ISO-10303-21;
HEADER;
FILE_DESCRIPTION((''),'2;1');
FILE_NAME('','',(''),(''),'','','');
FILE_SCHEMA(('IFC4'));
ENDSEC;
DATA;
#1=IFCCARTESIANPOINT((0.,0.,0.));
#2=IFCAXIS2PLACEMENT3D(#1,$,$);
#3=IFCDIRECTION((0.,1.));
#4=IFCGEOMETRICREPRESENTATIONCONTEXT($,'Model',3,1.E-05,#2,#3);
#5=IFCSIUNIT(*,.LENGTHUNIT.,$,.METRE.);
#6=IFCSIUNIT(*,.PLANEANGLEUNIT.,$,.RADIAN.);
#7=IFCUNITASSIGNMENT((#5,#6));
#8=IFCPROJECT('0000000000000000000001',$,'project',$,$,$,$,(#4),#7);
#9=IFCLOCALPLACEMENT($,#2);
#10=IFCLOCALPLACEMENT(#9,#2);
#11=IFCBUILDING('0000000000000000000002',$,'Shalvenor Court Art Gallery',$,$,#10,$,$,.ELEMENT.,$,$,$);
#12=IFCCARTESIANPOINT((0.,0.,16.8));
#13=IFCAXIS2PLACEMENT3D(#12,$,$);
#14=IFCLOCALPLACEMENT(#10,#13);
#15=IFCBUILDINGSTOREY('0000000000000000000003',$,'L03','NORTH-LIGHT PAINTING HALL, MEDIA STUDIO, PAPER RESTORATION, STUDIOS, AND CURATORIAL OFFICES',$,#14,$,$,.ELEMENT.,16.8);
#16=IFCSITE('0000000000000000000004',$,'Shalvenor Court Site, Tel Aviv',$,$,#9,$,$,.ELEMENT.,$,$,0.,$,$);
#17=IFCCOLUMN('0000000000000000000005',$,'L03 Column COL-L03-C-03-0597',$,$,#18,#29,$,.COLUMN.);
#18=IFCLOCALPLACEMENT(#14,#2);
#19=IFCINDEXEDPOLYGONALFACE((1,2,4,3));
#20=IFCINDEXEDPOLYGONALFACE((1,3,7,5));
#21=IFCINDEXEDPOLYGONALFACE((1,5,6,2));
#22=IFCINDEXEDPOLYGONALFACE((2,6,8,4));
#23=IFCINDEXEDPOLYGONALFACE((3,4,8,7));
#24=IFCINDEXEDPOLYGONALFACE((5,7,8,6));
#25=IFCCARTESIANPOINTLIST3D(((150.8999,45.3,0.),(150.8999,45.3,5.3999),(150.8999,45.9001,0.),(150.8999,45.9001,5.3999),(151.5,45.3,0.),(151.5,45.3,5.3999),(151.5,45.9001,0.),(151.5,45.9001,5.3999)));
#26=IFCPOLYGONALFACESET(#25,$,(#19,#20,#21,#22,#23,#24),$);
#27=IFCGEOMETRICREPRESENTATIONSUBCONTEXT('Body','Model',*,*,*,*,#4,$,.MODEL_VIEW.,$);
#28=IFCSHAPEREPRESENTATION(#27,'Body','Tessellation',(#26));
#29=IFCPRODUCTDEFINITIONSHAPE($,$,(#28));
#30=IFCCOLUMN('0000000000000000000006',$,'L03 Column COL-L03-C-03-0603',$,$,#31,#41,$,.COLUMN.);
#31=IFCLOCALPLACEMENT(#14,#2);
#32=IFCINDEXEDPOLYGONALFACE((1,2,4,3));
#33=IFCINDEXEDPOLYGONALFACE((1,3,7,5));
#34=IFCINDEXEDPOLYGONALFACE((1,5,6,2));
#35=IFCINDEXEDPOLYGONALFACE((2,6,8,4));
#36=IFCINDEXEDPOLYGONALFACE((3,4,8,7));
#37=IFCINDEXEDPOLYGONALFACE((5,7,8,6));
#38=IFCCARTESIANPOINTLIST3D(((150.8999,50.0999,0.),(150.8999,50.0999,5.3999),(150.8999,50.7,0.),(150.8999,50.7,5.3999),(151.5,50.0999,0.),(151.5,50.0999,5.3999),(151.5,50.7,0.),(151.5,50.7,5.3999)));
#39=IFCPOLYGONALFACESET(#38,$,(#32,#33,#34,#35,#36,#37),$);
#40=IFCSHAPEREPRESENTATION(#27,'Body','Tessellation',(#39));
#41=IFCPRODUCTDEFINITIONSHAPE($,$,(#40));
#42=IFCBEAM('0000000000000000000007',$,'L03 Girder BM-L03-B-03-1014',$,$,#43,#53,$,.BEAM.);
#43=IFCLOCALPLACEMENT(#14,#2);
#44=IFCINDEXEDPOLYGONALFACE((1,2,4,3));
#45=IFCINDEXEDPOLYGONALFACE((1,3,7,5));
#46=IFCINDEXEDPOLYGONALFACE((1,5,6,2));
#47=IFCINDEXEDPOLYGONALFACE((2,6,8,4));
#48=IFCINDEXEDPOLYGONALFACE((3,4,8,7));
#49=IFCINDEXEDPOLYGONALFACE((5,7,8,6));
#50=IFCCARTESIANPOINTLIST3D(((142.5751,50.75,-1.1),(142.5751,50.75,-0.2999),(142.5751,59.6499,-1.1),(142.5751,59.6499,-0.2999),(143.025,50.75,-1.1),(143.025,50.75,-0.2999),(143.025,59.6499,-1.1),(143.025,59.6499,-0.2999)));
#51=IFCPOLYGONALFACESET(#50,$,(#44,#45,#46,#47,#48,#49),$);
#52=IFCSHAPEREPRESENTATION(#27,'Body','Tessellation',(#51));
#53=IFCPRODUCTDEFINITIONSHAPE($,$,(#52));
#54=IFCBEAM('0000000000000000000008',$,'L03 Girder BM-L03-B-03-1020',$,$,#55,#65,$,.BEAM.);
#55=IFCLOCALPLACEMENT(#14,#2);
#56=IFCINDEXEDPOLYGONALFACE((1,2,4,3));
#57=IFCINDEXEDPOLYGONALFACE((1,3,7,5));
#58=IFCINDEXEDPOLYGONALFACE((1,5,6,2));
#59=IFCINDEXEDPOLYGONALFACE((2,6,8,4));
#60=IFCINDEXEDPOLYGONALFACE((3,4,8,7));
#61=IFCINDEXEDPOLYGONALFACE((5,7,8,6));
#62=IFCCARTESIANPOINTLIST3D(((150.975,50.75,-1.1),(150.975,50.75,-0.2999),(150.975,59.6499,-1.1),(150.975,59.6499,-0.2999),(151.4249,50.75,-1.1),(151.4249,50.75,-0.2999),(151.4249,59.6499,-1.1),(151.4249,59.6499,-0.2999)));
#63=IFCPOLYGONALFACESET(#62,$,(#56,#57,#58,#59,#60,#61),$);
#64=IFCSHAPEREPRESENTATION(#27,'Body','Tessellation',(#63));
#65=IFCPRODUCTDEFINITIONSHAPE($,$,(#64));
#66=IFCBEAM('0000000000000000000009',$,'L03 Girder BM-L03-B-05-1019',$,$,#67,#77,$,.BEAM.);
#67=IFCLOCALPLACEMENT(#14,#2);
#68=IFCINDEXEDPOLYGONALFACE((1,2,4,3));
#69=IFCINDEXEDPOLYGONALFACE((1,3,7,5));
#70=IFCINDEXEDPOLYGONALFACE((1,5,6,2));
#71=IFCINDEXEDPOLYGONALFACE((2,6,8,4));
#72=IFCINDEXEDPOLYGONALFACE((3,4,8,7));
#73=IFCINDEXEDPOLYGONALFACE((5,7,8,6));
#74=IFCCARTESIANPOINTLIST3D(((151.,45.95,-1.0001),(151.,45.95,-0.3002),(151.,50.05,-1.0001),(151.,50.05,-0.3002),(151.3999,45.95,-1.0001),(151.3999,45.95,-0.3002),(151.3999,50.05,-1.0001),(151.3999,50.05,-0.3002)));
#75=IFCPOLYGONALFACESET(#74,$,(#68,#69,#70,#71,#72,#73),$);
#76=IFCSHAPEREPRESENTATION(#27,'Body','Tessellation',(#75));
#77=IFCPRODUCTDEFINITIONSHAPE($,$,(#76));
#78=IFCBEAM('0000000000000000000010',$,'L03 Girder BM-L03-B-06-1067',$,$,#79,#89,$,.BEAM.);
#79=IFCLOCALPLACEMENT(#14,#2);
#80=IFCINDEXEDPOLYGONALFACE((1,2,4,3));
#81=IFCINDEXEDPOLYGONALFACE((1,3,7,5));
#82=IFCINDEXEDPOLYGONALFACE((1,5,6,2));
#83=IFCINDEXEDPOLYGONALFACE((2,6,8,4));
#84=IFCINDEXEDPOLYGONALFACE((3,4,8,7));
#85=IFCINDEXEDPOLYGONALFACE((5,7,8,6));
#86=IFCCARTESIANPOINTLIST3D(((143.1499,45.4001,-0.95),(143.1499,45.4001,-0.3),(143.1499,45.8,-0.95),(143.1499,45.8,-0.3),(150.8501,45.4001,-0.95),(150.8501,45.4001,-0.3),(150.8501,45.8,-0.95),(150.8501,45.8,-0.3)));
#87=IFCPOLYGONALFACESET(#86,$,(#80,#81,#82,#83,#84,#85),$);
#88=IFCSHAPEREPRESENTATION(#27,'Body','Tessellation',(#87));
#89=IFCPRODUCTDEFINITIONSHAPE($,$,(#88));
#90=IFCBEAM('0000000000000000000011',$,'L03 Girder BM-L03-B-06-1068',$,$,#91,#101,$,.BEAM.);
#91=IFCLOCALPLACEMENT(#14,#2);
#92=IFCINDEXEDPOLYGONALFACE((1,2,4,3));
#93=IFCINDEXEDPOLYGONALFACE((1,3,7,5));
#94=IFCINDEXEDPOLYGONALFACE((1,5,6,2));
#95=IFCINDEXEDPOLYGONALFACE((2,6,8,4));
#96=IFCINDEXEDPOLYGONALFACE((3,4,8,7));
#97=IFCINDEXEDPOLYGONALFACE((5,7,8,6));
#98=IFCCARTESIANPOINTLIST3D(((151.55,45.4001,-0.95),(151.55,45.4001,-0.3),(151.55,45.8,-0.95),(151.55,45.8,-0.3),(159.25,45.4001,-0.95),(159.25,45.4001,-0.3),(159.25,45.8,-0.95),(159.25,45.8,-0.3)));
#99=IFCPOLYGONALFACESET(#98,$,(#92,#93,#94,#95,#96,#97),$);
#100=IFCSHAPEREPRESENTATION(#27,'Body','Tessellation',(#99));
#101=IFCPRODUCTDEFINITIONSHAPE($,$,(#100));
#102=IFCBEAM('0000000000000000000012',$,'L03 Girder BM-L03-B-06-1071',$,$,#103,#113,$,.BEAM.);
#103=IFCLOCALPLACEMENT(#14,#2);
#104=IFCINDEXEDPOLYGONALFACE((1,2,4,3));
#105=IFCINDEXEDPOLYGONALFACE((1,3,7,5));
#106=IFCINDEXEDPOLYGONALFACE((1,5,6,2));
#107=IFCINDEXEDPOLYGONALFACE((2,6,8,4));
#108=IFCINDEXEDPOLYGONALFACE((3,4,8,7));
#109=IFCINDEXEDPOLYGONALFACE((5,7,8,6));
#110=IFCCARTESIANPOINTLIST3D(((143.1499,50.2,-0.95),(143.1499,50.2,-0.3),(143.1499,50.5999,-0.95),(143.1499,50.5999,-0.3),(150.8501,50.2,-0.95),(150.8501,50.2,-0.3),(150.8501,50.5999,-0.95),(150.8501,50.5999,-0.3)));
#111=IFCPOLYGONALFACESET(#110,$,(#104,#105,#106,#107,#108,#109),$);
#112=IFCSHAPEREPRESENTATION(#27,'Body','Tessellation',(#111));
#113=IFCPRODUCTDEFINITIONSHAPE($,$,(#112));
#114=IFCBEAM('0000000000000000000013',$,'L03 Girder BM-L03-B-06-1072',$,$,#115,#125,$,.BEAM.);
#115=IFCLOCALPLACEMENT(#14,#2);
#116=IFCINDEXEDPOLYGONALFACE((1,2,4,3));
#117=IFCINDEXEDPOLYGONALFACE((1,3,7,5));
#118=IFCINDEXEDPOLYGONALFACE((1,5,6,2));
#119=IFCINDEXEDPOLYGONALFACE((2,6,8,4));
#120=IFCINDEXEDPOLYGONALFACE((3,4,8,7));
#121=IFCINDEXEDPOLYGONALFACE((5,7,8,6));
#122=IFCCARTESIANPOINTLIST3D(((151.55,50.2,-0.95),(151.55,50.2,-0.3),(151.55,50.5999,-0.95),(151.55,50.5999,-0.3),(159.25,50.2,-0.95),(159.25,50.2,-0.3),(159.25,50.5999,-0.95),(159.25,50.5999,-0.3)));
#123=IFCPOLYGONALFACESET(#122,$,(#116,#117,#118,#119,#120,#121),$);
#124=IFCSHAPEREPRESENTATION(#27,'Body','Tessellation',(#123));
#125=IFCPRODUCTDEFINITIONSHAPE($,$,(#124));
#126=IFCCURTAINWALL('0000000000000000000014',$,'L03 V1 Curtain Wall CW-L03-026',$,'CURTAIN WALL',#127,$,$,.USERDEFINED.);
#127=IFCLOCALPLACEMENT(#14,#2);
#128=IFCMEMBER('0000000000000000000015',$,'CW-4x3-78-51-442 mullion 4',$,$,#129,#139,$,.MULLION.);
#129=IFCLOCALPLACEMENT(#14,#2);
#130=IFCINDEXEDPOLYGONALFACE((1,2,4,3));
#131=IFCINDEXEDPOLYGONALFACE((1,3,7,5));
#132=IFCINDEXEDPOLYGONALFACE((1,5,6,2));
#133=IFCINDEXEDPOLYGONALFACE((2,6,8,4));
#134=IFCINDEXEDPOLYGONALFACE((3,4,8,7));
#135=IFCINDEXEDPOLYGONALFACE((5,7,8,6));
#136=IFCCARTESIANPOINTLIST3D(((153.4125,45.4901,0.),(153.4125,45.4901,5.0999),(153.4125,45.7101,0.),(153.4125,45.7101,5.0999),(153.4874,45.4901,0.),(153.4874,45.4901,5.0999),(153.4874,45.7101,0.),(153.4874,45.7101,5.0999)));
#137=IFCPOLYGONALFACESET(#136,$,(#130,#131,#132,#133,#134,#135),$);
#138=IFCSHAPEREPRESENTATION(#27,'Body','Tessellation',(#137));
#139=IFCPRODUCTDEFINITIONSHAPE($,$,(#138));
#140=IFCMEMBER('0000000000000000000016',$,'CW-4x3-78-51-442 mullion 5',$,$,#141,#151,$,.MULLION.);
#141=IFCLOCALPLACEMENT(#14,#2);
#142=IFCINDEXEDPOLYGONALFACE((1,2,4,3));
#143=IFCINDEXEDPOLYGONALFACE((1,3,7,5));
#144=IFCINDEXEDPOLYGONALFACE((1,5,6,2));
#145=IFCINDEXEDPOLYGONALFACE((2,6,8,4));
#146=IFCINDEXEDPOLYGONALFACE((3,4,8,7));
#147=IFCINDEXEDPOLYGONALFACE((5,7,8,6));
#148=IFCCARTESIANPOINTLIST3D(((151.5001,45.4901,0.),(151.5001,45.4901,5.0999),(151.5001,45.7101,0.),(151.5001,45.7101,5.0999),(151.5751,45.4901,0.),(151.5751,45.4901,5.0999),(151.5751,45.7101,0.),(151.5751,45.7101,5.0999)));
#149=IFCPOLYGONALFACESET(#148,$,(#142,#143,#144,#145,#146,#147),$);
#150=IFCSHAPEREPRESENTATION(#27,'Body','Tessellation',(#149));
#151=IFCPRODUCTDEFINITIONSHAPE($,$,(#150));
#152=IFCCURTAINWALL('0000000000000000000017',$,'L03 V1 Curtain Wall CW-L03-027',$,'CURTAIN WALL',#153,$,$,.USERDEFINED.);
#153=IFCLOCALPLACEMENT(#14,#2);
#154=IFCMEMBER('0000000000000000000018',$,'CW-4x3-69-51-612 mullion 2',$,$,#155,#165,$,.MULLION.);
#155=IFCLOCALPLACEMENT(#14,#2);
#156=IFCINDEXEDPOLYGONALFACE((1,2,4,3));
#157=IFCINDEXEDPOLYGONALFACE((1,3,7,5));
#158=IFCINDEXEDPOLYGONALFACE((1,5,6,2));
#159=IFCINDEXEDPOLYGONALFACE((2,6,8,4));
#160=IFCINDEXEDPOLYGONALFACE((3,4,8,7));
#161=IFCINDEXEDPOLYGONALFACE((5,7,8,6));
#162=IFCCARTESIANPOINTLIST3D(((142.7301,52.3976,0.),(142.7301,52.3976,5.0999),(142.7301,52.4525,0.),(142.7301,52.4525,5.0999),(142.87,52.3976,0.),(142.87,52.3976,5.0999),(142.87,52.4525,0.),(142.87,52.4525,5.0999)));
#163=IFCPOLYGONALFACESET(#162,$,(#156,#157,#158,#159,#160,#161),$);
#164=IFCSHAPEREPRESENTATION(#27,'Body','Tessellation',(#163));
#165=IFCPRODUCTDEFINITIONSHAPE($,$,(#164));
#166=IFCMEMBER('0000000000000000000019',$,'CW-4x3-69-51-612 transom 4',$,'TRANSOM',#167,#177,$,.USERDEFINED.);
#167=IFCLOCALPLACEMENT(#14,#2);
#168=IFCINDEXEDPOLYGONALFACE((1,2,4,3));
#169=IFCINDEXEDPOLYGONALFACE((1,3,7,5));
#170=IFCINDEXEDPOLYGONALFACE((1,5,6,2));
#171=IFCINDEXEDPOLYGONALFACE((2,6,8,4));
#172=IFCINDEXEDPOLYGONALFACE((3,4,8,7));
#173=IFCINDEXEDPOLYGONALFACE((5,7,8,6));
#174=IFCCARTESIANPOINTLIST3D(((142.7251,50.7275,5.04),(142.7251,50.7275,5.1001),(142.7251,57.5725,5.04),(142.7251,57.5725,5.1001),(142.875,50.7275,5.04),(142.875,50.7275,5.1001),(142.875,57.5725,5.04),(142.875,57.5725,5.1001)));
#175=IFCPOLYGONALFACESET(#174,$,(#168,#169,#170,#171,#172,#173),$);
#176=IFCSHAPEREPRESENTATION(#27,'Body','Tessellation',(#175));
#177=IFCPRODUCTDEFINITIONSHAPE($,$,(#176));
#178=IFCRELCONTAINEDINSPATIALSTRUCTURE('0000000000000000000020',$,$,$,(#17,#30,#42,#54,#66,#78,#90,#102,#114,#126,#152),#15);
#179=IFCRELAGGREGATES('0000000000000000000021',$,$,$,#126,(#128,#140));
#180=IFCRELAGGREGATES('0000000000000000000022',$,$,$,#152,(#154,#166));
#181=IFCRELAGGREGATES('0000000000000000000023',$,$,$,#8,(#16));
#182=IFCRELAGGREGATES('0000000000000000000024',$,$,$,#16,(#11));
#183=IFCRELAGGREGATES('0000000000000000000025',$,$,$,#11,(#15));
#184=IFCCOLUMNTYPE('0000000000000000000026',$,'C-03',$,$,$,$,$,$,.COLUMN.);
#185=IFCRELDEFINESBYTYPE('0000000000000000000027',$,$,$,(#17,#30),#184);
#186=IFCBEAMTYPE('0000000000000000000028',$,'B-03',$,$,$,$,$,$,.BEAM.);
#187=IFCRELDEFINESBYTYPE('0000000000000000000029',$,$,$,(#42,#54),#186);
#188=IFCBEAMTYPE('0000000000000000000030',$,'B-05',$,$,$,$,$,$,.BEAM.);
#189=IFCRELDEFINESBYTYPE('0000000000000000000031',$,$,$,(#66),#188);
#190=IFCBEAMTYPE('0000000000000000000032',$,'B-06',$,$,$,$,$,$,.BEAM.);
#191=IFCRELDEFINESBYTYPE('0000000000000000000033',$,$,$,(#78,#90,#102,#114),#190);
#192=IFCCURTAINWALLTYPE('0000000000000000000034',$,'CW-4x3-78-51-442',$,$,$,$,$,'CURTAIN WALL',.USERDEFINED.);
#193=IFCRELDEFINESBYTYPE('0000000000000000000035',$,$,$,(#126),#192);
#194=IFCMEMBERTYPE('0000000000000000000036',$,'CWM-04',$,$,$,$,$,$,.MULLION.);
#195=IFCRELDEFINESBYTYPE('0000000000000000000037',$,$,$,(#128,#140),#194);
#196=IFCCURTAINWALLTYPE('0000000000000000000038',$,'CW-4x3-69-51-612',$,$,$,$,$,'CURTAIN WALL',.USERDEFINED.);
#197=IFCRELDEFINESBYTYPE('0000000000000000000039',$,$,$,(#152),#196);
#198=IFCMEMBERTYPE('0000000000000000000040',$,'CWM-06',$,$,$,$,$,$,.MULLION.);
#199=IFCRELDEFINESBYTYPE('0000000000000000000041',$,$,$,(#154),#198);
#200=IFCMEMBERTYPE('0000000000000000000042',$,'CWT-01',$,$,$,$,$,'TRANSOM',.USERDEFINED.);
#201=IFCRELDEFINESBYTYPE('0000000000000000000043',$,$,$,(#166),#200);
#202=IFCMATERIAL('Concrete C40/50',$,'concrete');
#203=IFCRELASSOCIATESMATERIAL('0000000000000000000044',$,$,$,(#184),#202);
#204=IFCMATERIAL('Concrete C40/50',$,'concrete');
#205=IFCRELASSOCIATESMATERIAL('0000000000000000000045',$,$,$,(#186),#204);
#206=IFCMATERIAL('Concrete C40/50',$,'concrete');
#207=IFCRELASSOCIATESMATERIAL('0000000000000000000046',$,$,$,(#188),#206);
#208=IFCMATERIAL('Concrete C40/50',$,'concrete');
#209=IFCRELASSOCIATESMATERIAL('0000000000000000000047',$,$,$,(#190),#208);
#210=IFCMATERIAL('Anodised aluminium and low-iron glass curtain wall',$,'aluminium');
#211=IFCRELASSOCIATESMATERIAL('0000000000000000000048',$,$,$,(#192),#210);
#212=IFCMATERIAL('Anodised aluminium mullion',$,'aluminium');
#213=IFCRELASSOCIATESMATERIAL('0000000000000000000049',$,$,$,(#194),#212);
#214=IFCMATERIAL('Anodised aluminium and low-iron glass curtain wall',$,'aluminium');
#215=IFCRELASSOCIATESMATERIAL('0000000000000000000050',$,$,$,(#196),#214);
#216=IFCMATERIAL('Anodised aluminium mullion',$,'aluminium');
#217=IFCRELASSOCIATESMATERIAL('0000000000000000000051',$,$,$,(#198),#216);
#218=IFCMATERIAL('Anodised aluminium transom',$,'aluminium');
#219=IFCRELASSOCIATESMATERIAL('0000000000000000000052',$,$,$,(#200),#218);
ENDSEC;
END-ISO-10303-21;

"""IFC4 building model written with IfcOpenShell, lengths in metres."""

from ifc_helpers import new_model, si_unit, direction, frame, origin, origin_2d, place, context, subcontext, project, spatial, rectangle, extrude, material, material_profile, profile_set, type_object, element, aggregate, save


model = new_model("IFC4")

# Units and contexts
model_context = context("Model", 3, precision=1e-05, world=origin(), true_north=direction((0.0, 1.0)))
body_context = subcontext(model_context, "Body", "Model", "MODEL_VIEW")
ifc_project = project(units=[si_unit("LENGTHUNIT", "METRE"), si_unit("PLANEANGLEUNIT", "RADIAN")], contexts=[model_context])

# Site, building, storey
site_placement = place(None, origin())
site = spatial("IfcSite", under=ifc_project, at=site_placement, Name="Shalvenor Court Site, Tel Aviv", CompositionType="ELEMENT", RefElevation=0.0)
building_placement = place(site_placement, origin())
building = spatial("IfcBuilding", under=site, at=building_placement, Name="Shalvenor Court Art Gallery", CompositionType="ELEMENT")
storey_placement = place(building_placement, frame((0.0, 0.0, 16.8)))
storey = spatial("IfcBuildingStorey", under=building, at=storey_placement, Name="L03", Description="NORTH-LIGHT PAINTING HALL, MEDIA STUDIO, PAPER RESTORATION, STUDIOS, AND CURATORIAL OFFICES", CompositionType="ELEMENT", Elevation=16.8)

# Columns
ifc_material_1 = material(Name="Concrete C40/50", Category="concrete")
ifc_material_profile_1 = material_profile(ifc_material_1, rectangle(XDim=0.6001, YDim=0.6001, at=origin_2d()), Name="RC 600x600")
ifc_profile_set_1 = profile_set([ifc_material_profile_1], Name="Concrete C40/50")
column_type = type_object("IfcColumnType", Name="C-03", PredefinedType="COLUMN", material=ifc_profile_set_1)
for number, where, z_axis, x_axis, name in (
    (1, (151.2, 45.6001, 0.0), (0.0, 0.0, 1.0), (1.0, 0.0, 0.0), "L03 Column COL-L03-C-03-0597"),
    (2, (151.2, 50.3999, 0.0), (0.0, 0.0, 1.0), (1.0, 0.0, 0.0), "L03 Column COL-L03-C-03-0603"),
):
    element("IfcColumn", number, at=place(storey_placement, frame(where, z_axis=z_axis, x_axis=x_axis)), inside=storey, type_object=column_type, Name=name, PredefinedType="COLUMN", context=body_context, shape_type="SweptSolid", body=[
        extrude(rectangle(XDim=0.6001, YDim=0.6001, at=origin_2d()), origin(), (0.0, 0.0, 1.0), 5.3999),
    ])

# Beams
ifc_material_2 = material(Name="Concrete C40/50", Category="concrete")
ifc_material_profile_2 = material_profile(ifc_material_2, rectangle(XDim=0.45, YDim=0.8, at=origin_2d()), Name="RC 450x800")
ifc_profile_set_2 = profile_set([ifc_material_profile_2], Name="Concrete C40/50")
beam_type_1 = type_object("IfcBeamType", Name="B-03", PredefinedType="BEAM", material=ifc_profile_set_2)
for number, where, z_axis, x_axis, name in (
    (3, (142.8, 50.75, -0.7), (0.0, 1.0, 0.0), (-1.0, 0.0, 0.0), "L03 Girder BM-L03-B-03-1014"),
    (4, (151.2, 50.75, -0.7), (0.0, 1.0, 0.0), (-1.0, 0.0, 0.0), "L03 Girder BM-L03-B-03-1020"),
):
    element("IfcBeam", number, at=place(storey_placement, frame(where, z_axis=z_axis, x_axis=x_axis)), inside=storey, type_object=beam_type_1, Name=name, PredefinedType="BEAM", context=body_context, shape_type="SweptSolid", body=[
        extrude(rectangle(XDim=0.45, YDim=0.8, at=origin_2d()), origin(), (0.0, 0.0, 1.0), 8.8999),
    ])
ifc_material_3 = material(Name="Concrete C40/50", Category="concrete")
ifc_material_profile_3 = material_profile(ifc_material_3, rectangle(XDim=0.3999, YDim=0.7, at=origin_2d()), Name="RC 400x700")
ifc_profile_set_3 = profile_set([ifc_material_profile_3], Name="Concrete C40/50")
beam_type_2 = type_object("IfcBeamType", Name="B-05", PredefinedType="BEAM", material=ifc_profile_set_3)
beam_1_placement = place(storey_placement, frame((151.2, 45.95, -0.6501), z_axis=(0.0, 1.0, 0.0), x_axis=(-1.0, 0.0, 0.0)))
element("IfcBeam", 5, at=beam_1_placement, inside=storey, type_object=beam_type_2, Name="L03 Girder BM-L03-B-05-1019", PredefinedType="BEAM", context=body_context, shape_type="SweptSolid", body=[
    extrude(rectangle(XDim=0.3999, YDim=0.7, at=origin_2d()), origin(), (0.0, 0.0, 1.0), 4.1001),
])
ifc_material_4 = material(Name="Concrete C40/50", Category="concrete")
ifc_material_profile_4 = material_profile(ifc_material_4, rectangle(XDim=0.3999, YDim=0.6499, at=origin_2d()), Name="RC 400x650")
ifc_profile_set_4 = profile_set([ifc_material_profile_4], Name="Concrete C40/50")
beam_type_3 = type_object("IfcBeamType", Name="B-06", PredefinedType="BEAM", material=ifc_profile_set_4)
beam_2_placement = place(storey_placement, frame((143.1499, 45.6001, -0.625), z_axis=(1.0, 0.0, 0.0), x_axis=(0.0, 1.0, 0.0)))
element("IfcBeam", 6, at=beam_2_placement, inside=storey, type_object=beam_type_3, Name="L03 Girder BM-L03-B-06-1067", PredefinedType="BEAM", context=body_context, shape_type="SweptSolid", body=[
    extrude(rectangle(XDim=0.3999, YDim=0.6499, at=origin_2d()), origin(), (0.0, 0.0, 1.0), 7.7002),
])
beam_3_placement = place(storey_placement, frame((151.55, 45.6001, -0.625), z_axis=(1.0, 0.0, 0.0), x_axis=(0.0, 1.0, 0.0)))
element("IfcBeam", 7, at=beam_3_placement, inside=storey, type_object=beam_type_3, Name="L03 Girder BM-L03-B-06-1068", PredefinedType="BEAM", context=body_context, shape_type="SweptSolid", body=[
    extrude(rectangle(XDim=0.3999, YDim=0.6499, at=origin_2d()), origin(), (0.0, 0.0, 1.0), 7.7),
])
beam_4_placement = place(storey_placement, frame((143.1499, 50.3999, -0.625), z_axis=(1.0, 0.0, 0.0), x_axis=(0.0, 1.0, 0.0)))
element("IfcBeam", 8, at=beam_4_placement, inside=storey, type_object=beam_type_3, Name="L03 Girder BM-L03-B-06-1071", PredefinedType="BEAM", context=body_context, shape_type="SweptSolid", body=[
    extrude(rectangle(XDim=0.3999, YDim=0.6499, at=origin_2d()), origin(), (0.0, 0.0, 1.0), 7.7002),
])
beam_5_placement = place(storey_placement, frame((151.55, 50.3999, -0.625), z_axis=(1.0, 0.0, 0.0), x_axis=(0.0, 1.0, 0.0)))
element("IfcBeam", 9, at=beam_5_placement, inside=storey, type_object=beam_type_3, Name="L03 Girder BM-L03-B-06-1072", PredefinedType="BEAM", context=body_context, shape_type="SweptSolid", body=[
    extrude(rectangle(XDim=0.3999, YDim=0.6499, at=origin_2d()), origin(), (0.0, 0.0, 1.0), 7.7),
])

# Curtain walls, members
ifc_material_5 = material(Name="Anodised aluminium and low-iron glass curtain wall", Category="aluminium")
curtain_wall_type_1 = type_object("IfcCurtainWallType", Name="CW-4x3-78-51-442", ElementType="CURTAIN WALL", PredefinedType="USERDEFINED", material=ifc_material_5)
curtain_wall_1_placement = place(storey_placement, origin())
curtain_wall_1 = element("IfcCurtainWall", 10, at=curtain_wall_1_placement, inside=storey, type_object=curtain_wall_type_1, Name="L03 V1 Curtain Wall CW-L03-026", ObjectType="CURTAIN WALL", PredefinedType="USERDEFINED")
ifc_material_6 = material(Name="Anodised aluminium mullion", Category="aluminium")
ifc_material_profile_5 = material_profile(ifc_material_6, rectangle(XDim=0.075, YDim=0.22, at=origin_2d()), Name="CWM-04")
ifc_profile_set_5 = profile_set([ifc_material_profile_5], Name="Anodised aluminium mullion")
member_type_1 = type_object("IfcMemberType", Name="CWM-04", PredefinedType="MULLION", material=ifc_profile_set_5)
member_1_placement = place(storey_placement, frame((153.45, 45.6001, 0.0), z_axis=(0.0, 0.0, 1.0), x_axis=(-1.0, 0.0, 0.0)))
member_1 = element("IfcMember", 11, at=member_1_placement, type_object=member_type_1, Name="CW-4x3-78-51-442 mullion 4", PredefinedType="MULLION", context=body_context, shape_type="SweptSolid", body=[
    extrude(rectangle(XDim=0.075, YDim=0.22, at=origin_2d()), origin(), (0.0, 0.0, 1.0), 5.0999),
])
member_2_placement = place(storey_placement, frame((151.5376, 45.6001, 0.0), z_axis=(0.0, 0.0, 1.0), x_axis=(-1.0, 0.0, 0.0)))
member_2 = element("IfcMember", 12, at=member_2_placement, type_object=member_type_1, Name="CW-4x3-78-51-442 mullion 5", PredefinedType="MULLION", context=body_context, shape_type="SweptSolid", body=[
    extrude(rectangle(XDim=0.075, YDim=0.22, at=origin_2d()), origin(), (0.0, 0.0, 1.0), 5.0999),
])
ifc_material_7 = material(Name="Anodised aluminium and low-iron glass curtain wall", Category="aluminium")
curtain_wall_type_2 = type_object("IfcCurtainWallType", Name="CW-4x3-69-51-612", ElementType="CURTAIN WALL", PredefinedType="USERDEFINED", material=ifc_material_7)
curtain_wall_2_placement = place(storey_placement, origin())
curtain_wall_2 = element("IfcCurtainWall", 13, at=curtain_wall_2_placement, inside=storey, type_object=curtain_wall_type_2, Name="L03 V1 Curtain Wall CW-L03-027", ObjectType="CURTAIN WALL", PredefinedType="USERDEFINED")
ifc_material_8 = material(Name="Anodised aluminium mullion", Category="aluminium")
ifc_material_profile_6 = material_profile(ifc_material_8, rectangle(XDim=0.0549, YDim=0.1399, at=origin_2d()), Name="CWM-06")
ifc_profile_set_6 = profile_set([ifc_material_profile_6], Name="Anodised aluminium mullion")
member_type_2 = type_object("IfcMemberType", Name="CWM-06", PredefinedType="MULLION", material=ifc_profile_set_6)
member_3_placement = place(storey_placement, frame((142.8, 52.425, 0.0), z_axis=(0.0, 0.0, 1.0), x_axis=(0.0, 1.0, 0.0)))
member_3 = element("IfcMember", 14, at=member_3_placement, type_object=member_type_2, Name="CW-4x3-69-51-612 mullion 2", PredefinedType="MULLION", context=body_context, shape_type="SweptSolid", body=[
    extrude(rectangle(XDim=0.0549, YDim=0.1399, at=origin_2d()), origin(), (0.0, 0.0, 1.0), 5.0999),
])
ifc_material_9 = material(Name="Anodised aluminium transom", Category="aluminium")
ifc_material_profile_7 = material_profile(ifc_material_9, rectangle(XDim=0.1499, YDim=0.0601, at=origin_2d()), Name="CWT-01")
ifc_profile_set_7 = profile_set([ifc_material_profile_7], Name="Anodised aluminium transom")
member_type_3 = type_object("IfcMemberType", Name="CWT-01", ElementType="TRANSOM", PredefinedType="USERDEFINED", material=ifc_profile_set_7)
member_4_placement = place(storey_placement, frame((142.8, 50.7275, 5.0701), z_axis=(0.0, 1.0, 0.0), x_axis=(-1.0, 0.0, 0.0)))
member_4 = element("IfcMember", 15, at=member_4_placement, type_object=member_type_3, Name="CW-4x3-69-51-612 transom 4", ObjectType="TRANSOM", PredefinedType="USERDEFINED", context=body_context, shape_type="SweptSolid", body=[
    extrude(rectangle(XDim=0.1499, YDim=0.0601, at=origin_2d()), origin(), (0.0, 0.0, 1.0), 6.845),
])

aggregate(curtain_wall_1, [member_1, member_2])
aggregate(curtain_wall_2, [member_3, member_4])

save(model, "model.ifc")
